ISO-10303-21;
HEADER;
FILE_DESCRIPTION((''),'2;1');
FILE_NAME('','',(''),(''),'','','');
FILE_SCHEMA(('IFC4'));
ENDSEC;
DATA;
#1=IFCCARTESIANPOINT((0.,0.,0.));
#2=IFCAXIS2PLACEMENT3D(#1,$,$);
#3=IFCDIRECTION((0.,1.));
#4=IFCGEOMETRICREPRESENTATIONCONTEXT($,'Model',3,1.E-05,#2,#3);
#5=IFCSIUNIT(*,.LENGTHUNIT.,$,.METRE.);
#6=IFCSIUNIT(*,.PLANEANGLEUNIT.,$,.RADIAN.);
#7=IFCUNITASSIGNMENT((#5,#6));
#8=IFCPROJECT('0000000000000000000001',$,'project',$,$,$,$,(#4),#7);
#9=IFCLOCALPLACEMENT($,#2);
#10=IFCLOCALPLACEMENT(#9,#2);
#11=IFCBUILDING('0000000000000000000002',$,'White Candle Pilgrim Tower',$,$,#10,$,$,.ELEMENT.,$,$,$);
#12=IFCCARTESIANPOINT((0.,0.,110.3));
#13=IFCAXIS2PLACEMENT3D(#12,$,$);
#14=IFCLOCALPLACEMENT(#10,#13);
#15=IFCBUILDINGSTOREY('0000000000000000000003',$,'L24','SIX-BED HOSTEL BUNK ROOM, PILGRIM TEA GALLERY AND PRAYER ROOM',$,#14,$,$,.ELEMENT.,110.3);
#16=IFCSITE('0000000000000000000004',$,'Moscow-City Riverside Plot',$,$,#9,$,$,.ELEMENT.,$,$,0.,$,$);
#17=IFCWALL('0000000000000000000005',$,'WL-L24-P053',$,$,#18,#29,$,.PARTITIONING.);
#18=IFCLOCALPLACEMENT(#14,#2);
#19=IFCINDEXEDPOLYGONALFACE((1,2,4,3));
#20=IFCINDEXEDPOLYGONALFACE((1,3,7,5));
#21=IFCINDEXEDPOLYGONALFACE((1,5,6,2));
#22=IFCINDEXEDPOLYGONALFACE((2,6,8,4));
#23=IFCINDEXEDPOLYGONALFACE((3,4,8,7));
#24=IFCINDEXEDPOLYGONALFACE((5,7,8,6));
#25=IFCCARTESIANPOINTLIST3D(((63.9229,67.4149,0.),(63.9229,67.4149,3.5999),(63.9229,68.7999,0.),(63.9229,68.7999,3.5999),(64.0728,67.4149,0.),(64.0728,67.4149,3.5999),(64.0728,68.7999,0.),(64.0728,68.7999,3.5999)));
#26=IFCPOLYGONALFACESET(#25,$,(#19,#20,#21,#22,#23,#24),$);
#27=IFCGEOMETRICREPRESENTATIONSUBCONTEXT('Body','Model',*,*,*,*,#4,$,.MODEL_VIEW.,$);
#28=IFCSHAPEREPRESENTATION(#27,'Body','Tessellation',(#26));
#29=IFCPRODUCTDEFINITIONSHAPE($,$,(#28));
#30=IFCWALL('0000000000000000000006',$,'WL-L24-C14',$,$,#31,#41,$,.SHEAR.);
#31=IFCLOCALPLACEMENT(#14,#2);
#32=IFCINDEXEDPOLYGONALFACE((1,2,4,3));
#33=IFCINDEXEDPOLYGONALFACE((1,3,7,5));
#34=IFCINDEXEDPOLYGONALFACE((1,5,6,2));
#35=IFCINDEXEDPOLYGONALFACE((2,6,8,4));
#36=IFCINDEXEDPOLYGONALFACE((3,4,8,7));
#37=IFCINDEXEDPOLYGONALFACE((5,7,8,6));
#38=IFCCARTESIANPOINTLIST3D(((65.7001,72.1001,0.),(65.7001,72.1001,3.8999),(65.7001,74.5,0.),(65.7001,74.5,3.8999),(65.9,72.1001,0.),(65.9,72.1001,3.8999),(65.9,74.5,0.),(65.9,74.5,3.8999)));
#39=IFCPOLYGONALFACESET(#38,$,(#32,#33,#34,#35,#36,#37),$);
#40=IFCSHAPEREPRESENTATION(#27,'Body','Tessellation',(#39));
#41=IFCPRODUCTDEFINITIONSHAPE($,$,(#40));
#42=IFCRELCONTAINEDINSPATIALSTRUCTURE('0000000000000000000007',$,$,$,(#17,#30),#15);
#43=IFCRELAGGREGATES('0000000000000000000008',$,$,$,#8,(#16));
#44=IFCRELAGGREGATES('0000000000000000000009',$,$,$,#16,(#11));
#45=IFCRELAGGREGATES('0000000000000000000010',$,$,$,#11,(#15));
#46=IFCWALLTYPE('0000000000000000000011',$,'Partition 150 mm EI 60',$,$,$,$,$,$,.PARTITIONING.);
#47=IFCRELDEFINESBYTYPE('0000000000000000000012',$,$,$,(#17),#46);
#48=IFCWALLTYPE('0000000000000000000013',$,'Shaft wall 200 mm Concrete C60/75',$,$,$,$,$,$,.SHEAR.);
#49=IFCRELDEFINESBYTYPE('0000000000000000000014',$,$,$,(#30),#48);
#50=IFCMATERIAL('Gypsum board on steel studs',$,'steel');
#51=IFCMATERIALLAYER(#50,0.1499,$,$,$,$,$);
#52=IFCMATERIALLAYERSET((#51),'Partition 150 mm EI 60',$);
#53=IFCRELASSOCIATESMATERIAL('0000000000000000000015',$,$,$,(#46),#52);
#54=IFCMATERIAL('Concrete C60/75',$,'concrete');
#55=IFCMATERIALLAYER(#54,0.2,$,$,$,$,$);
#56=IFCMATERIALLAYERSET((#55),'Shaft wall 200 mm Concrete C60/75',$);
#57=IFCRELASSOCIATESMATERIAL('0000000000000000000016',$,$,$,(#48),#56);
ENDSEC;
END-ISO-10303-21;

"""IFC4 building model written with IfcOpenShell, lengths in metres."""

from ifc_helpers import new_model, si_unit, direction, frame, frame_2d, origin, place, context, subcontext, project, spatial, rectangle, extrude, material, layer, layer_set, type_object, element, save


model = new_model("IFC4")

# Units and contexts
model_context = context("Model", 3, precision=1e-05, world=origin(), true_north=direction((0.0, 1.0)))
body_context = subcontext(model_context, "Body", "Model", "MODEL_VIEW")
ifc_project = project(units=[si_unit("LENGTHUNIT", "METRE"), si_unit("PLANEANGLEUNIT", "RADIAN")], contexts=[model_context])

# Site, building, storey
site_placement = place(None, origin())
site = spatial("IfcSite", under=ifc_project, at=site_placement, Name="Moscow-City Riverside Plot", CompositionType="ELEMENT", RefElevation=0.0)
building_placement = place(site_placement, origin())
building = spatial("IfcBuilding", under=site, at=building_placement, Name="White Candle Pilgrim Tower", CompositionType="ELEMENT")
storey_placement = place(building_placement, frame((0.0, 0.0, 110.3)))
storey = spatial("IfcBuildingStorey", under=building, at=storey_placement, Name="L24", Description="SIX-BED HOSTEL BUNK ROOM, PILGRIM TEA GALLERY AND PRAYER ROOM", CompositionType="ELEMENT", Elevation=110.3)

# Shared definitions
ifc_material_1 = material(Name="Gypsum board on steel studs", Category="steel")

# Walls
ifc_layer_1 = layer(ifc_material_1, 0.1499)
ifc_layer_set_1 = layer_set([ifc_layer_1], Name="Partition 150 mm EI 60")
wall_type_1 = type_object("IfcWallType", Name="Partition 150 mm EI 60", PredefinedType="PARTITIONING", material=ifc_layer_set_1)
wall_1_placement = place(storey_placement, frame((63.9978, 67.415, 0.0), z_axis=(0.0, 0.0, 1.0), x_axis=(0.0, 1.0, 0.0)))
element("IfcWall", 1, at=wall_1_placement, inside=storey, type_object=wall_type_1, Name="WL-L24-P053", PredefinedType="PARTITIONING", context=body_context, shape_type="SweptSolid", body=[
    extrude(rectangle(XDim=1.385, YDim=0.1499, at=frame_2d((0.6924, 0.0))), origin(), (0.0, 0.0, 1.0), 3.5999),
])
ifc_material_2 = material(Name="Concrete C60/75", Category="concrete")
ifc_layer_2 = layer(ifc_material_2, 0.2)
ifc_layer_set_2 = layer_set([ifc_layer_2], Name="Shaft wall 200 mm Concrete C60/75")
wall_type_2 = type_object("IfcWallType", Name="Shaft wall 200 mm Concrete C60/75", PredefinedType="SHEAR", material=ifc_layer_set_2)
wall_2_placement = place(storey_placement, frame((65.8, 72.1001, 0.0), z_axis=(0.0, 0.0, 1.0), x_axis=(0.0, 1.0, 0.0)))
element("IfcWall", 2, at=wall_2_placement, inside=storey, type_object=wall_type_2, Name="WL-L24-C14", PredefinedType="SHEAR", context=body_context, shape_type="SweptSolid", body=[
    extrude(rectangle(XDim=2.3999, YDim=0.2, at=frame_2d((1.2, 0.0))), origin(), (0.0, 0.0, 1.0), 3.8999),
])

save(model, "model.ifc")
